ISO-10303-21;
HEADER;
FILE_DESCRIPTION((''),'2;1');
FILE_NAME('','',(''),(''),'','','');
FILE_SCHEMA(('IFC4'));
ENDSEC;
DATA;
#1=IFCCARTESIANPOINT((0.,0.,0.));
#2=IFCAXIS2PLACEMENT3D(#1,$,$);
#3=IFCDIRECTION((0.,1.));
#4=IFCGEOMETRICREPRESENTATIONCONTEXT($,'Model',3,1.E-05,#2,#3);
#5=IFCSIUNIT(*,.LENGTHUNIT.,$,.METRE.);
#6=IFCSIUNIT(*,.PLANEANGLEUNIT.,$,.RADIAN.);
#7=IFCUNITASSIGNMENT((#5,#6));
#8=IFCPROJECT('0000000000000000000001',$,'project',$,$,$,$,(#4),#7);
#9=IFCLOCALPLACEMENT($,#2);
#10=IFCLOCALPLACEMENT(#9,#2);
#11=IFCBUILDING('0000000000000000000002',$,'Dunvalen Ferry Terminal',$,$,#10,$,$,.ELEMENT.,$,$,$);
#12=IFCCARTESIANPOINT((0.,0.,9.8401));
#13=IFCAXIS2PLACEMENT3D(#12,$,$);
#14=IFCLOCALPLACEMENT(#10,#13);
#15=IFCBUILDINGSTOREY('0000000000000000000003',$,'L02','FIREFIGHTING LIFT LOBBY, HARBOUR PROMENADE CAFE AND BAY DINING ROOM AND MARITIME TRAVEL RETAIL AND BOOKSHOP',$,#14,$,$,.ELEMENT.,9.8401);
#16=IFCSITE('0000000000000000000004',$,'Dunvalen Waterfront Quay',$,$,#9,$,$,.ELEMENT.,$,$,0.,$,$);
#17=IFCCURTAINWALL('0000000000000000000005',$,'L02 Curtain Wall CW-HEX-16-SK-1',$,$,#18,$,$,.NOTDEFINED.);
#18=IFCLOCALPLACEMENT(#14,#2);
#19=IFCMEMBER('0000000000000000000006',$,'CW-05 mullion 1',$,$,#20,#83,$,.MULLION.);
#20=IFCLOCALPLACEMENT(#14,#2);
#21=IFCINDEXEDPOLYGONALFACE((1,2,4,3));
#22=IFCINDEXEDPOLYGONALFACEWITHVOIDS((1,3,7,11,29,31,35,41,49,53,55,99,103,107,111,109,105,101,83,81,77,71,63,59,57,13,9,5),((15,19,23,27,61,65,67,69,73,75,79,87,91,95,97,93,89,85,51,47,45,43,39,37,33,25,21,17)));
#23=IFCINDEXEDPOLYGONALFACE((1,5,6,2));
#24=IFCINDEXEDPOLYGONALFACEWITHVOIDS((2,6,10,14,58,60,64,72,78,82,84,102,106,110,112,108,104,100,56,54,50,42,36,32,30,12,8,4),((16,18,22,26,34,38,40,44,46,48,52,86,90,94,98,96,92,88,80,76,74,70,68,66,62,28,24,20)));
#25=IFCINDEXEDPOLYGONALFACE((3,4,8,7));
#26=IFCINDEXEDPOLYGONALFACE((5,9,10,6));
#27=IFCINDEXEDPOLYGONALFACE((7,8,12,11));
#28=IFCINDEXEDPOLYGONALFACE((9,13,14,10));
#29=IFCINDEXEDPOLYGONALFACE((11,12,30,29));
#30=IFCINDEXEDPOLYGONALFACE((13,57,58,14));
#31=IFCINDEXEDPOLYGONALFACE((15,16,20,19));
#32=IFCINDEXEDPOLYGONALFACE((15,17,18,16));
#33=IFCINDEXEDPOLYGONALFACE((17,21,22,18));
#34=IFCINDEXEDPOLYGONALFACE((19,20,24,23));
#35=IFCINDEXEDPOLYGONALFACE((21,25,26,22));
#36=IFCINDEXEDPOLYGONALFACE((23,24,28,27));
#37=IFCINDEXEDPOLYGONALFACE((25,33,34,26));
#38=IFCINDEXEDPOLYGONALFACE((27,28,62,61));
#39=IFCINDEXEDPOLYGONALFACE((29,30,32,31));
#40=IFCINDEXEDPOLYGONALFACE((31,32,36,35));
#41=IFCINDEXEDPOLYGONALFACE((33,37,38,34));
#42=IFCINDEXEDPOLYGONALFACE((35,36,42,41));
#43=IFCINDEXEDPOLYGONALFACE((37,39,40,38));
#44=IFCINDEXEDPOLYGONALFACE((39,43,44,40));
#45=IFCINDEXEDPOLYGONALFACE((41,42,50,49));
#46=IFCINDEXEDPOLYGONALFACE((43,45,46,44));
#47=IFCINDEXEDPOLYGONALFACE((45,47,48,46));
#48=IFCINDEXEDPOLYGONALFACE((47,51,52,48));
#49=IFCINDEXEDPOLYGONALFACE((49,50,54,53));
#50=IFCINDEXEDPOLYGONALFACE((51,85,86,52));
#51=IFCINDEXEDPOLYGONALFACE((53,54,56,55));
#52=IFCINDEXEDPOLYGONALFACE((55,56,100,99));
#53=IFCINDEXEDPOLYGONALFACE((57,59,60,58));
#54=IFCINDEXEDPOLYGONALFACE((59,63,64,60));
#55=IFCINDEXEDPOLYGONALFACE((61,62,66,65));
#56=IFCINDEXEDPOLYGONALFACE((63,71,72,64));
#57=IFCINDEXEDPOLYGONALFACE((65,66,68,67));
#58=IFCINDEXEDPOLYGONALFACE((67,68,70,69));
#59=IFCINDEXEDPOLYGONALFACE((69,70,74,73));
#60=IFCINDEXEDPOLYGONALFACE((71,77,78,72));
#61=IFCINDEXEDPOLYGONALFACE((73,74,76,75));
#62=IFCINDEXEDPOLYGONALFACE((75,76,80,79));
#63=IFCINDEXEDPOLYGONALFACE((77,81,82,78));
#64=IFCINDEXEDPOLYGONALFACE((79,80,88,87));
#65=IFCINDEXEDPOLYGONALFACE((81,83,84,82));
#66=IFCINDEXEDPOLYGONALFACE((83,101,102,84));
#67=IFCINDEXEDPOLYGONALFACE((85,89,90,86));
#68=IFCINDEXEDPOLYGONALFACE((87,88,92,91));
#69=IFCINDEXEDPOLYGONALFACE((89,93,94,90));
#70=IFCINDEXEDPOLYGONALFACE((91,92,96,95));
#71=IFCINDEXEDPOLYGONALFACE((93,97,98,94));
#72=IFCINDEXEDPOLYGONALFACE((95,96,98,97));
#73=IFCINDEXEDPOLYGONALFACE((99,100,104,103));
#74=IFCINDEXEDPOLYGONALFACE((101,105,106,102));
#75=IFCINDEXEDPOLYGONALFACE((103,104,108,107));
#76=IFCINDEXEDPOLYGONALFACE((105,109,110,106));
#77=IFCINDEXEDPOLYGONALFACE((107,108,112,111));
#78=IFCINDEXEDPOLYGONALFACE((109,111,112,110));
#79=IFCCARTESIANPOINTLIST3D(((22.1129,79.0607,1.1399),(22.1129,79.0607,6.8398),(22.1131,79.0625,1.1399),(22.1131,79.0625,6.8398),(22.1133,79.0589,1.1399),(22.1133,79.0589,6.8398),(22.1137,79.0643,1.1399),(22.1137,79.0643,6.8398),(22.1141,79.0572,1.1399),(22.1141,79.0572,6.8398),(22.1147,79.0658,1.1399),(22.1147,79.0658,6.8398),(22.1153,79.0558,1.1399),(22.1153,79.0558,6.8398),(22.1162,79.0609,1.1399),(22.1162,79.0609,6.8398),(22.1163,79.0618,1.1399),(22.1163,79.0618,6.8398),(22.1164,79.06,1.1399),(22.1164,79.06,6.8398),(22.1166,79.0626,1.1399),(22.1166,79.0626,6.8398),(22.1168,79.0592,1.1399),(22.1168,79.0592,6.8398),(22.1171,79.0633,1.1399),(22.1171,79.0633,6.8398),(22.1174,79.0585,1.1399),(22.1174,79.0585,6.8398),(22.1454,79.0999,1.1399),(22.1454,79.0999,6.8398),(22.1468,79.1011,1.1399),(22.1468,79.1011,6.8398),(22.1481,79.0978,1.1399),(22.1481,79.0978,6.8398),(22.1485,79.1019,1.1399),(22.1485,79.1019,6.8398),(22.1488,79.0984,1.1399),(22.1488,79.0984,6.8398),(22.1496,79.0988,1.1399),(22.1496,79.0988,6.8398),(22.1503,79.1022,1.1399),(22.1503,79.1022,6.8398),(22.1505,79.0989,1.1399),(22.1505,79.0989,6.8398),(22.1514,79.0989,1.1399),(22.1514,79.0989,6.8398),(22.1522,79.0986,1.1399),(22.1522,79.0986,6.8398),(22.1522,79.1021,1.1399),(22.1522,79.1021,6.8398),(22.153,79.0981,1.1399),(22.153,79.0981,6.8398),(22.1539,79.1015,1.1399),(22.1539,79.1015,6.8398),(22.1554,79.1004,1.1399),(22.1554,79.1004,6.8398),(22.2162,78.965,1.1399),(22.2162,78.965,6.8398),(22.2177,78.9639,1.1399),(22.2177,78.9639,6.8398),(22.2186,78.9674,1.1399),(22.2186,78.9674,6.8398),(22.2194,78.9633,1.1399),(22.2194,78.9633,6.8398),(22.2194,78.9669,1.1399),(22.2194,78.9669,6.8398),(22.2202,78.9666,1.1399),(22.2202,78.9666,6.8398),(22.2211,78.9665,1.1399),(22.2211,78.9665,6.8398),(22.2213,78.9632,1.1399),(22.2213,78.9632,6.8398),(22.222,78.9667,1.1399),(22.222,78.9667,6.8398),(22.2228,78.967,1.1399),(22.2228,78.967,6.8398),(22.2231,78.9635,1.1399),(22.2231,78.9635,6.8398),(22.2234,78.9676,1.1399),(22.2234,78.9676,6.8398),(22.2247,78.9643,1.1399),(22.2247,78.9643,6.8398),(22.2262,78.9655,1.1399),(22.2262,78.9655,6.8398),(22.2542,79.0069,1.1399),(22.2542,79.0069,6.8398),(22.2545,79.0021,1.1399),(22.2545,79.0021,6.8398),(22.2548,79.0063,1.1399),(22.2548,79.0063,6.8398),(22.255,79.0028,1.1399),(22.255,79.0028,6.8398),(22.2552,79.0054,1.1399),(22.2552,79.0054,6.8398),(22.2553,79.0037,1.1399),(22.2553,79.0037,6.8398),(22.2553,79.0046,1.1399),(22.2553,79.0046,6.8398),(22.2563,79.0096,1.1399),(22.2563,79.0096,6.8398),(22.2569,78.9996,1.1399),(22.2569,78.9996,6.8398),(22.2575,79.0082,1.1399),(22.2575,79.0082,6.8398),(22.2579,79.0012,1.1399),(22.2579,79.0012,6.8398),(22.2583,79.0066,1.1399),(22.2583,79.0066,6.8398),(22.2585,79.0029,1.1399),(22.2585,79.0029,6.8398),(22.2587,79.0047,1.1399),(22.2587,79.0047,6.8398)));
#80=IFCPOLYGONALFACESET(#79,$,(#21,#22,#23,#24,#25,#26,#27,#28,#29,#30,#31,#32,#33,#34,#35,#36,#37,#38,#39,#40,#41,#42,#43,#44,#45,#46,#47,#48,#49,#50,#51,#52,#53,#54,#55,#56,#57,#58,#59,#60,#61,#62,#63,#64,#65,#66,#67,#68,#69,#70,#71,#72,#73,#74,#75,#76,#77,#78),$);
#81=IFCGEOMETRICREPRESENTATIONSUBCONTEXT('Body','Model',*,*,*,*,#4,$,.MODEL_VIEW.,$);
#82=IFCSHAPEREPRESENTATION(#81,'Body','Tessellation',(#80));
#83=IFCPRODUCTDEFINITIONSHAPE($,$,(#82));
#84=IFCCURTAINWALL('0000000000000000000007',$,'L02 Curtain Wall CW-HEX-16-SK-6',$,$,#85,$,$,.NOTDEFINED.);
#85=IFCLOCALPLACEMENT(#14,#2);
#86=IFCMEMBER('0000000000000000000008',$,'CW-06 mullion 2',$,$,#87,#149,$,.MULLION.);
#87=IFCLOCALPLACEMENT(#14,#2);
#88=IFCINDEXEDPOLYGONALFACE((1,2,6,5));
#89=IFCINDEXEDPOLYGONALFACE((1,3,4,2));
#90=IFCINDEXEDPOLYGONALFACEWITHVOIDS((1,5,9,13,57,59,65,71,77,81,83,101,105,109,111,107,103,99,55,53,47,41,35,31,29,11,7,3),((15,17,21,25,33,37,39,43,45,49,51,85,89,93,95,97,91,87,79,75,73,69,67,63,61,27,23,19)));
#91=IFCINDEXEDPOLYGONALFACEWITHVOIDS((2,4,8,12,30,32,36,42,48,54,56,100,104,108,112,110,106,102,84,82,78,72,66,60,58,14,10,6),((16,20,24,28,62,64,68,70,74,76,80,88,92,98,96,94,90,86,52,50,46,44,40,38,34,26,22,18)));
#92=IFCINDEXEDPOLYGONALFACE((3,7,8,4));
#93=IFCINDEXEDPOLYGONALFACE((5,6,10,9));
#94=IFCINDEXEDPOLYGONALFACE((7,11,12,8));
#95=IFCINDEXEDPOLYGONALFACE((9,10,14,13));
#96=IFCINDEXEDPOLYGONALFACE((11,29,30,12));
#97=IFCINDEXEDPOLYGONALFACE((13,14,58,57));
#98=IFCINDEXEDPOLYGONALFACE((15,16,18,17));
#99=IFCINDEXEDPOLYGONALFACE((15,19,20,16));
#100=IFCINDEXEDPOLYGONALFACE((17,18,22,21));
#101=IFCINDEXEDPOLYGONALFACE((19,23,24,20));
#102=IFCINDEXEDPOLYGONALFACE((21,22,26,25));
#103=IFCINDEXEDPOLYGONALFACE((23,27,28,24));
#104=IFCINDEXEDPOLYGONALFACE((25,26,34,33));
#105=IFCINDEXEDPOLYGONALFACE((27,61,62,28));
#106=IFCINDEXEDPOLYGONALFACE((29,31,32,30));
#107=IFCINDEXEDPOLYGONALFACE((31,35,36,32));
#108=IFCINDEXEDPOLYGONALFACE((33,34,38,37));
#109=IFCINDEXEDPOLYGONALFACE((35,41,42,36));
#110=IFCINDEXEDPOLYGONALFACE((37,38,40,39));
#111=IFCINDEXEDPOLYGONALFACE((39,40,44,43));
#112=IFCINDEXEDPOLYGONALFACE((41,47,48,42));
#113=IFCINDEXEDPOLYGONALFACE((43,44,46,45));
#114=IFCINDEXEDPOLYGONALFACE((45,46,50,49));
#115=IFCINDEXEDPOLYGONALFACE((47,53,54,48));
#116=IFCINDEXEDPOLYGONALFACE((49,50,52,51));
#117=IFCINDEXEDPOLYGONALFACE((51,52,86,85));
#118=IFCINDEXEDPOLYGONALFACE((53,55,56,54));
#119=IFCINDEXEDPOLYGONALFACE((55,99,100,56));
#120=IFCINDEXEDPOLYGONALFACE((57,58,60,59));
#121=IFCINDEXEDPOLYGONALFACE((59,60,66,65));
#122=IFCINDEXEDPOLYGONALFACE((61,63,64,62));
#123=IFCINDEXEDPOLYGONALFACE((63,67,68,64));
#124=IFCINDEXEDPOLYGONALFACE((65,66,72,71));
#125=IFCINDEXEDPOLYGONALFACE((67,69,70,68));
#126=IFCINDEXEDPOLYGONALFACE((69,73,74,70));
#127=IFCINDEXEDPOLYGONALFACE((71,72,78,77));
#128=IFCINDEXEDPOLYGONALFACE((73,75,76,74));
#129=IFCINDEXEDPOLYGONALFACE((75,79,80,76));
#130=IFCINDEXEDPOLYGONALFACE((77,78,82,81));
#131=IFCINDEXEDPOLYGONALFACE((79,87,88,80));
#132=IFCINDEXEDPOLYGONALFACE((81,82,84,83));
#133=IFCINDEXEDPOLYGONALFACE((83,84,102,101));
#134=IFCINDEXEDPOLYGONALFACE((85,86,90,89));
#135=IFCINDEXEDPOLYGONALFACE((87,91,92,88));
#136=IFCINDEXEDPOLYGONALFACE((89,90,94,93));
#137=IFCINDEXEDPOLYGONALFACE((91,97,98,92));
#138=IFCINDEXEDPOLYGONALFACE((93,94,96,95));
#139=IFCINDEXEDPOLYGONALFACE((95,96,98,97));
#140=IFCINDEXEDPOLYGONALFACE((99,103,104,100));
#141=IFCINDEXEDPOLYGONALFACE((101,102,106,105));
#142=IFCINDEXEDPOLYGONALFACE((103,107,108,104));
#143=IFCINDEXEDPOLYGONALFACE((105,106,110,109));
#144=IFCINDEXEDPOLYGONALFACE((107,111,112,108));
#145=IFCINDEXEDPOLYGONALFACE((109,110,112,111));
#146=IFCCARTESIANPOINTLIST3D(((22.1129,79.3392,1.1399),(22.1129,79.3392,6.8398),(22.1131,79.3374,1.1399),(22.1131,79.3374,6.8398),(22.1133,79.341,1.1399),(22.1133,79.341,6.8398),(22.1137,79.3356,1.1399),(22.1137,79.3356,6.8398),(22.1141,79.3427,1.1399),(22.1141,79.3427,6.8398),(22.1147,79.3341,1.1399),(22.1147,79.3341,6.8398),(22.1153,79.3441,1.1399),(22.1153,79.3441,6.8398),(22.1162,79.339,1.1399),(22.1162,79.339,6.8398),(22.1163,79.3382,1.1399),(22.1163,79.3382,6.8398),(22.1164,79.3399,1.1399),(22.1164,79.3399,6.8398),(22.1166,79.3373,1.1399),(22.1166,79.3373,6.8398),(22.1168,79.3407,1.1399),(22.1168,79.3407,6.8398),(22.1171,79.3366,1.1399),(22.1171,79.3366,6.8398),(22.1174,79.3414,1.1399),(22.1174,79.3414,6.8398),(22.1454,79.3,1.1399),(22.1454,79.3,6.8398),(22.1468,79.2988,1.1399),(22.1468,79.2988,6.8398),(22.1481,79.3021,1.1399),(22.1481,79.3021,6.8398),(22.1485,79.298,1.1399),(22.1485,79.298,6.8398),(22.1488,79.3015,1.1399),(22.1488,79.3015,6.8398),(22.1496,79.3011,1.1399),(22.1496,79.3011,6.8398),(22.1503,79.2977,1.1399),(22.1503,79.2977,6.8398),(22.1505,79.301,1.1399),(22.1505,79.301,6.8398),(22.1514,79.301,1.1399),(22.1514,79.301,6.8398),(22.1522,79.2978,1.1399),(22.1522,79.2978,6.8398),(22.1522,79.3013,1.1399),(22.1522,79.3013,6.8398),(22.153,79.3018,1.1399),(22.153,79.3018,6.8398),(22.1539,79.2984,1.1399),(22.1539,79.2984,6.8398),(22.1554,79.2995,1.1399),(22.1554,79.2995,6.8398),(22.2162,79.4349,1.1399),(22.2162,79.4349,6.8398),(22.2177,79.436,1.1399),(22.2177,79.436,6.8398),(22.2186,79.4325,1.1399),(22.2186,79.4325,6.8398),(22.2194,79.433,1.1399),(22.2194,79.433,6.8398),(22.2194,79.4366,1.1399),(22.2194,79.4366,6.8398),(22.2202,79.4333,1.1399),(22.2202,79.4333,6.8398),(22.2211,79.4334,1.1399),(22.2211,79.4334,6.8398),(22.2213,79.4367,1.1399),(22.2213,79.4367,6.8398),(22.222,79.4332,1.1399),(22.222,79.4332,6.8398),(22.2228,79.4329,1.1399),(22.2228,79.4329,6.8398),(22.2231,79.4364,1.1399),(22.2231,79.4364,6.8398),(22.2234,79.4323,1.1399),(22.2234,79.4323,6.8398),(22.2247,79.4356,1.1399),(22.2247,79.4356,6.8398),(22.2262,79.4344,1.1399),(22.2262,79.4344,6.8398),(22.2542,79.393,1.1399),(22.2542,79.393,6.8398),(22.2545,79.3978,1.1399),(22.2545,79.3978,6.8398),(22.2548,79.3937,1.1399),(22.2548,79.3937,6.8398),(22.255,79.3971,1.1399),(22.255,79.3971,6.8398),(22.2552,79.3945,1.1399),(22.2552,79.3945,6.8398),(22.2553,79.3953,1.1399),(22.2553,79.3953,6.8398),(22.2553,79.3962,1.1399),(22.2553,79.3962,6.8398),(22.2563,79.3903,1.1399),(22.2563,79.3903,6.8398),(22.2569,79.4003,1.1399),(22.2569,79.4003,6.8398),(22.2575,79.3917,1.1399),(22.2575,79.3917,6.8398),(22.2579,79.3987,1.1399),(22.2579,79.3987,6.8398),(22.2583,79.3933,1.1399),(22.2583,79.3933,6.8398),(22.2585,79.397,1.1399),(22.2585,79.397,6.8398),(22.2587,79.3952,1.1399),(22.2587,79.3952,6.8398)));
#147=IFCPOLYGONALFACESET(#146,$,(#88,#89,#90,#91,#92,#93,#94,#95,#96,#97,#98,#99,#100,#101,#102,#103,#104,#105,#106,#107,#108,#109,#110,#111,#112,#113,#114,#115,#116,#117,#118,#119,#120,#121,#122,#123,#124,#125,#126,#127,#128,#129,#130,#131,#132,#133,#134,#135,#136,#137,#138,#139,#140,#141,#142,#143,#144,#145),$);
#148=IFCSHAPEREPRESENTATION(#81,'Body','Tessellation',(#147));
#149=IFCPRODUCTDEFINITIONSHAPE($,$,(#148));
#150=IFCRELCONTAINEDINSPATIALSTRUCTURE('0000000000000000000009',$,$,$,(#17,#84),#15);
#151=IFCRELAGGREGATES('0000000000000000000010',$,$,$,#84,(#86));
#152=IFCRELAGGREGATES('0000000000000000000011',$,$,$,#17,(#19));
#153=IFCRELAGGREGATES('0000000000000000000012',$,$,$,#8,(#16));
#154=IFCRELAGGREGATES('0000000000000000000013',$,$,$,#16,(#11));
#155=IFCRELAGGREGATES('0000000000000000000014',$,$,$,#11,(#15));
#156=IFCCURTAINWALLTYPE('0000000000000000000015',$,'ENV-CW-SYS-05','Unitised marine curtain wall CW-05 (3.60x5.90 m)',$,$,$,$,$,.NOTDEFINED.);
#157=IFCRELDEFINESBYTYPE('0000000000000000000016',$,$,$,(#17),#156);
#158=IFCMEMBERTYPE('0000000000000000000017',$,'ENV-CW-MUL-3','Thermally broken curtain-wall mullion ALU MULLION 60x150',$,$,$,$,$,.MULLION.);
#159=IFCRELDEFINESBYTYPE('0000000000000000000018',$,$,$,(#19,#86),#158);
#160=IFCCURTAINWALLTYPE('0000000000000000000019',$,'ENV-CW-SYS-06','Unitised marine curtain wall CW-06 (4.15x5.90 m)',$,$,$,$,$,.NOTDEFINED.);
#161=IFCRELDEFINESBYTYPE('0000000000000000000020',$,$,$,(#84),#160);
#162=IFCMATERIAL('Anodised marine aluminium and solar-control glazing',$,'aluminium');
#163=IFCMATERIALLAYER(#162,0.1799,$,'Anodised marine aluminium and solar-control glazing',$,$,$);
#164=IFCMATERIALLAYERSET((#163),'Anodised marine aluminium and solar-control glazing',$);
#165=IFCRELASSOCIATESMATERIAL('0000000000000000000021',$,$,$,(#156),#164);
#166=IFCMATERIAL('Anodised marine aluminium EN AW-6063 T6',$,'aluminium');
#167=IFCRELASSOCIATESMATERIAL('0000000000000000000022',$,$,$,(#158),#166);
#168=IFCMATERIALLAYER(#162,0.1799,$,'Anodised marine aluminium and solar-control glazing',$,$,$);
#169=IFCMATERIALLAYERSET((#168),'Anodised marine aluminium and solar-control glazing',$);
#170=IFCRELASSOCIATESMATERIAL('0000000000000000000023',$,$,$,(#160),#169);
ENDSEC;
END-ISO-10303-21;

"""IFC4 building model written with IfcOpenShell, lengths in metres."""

from ifc_helpers import new_model, si_unit, direction, frame, origin, origin_2d, place, context, subcontext, project, spatial, hollow_rectangle, extrude, material, layer, layer_set, material_profile, profile_set, type_object, element, aggregate, save


model = new_model("IFC4")

# Units and contexts
model_context = context("Model", 3, precision=1e-05, world=origin(), true_north=direction((0.0, 1.0)))
body_context = subcontext(model_context, "Body", "Model", "MODEL_VIEW")
ifc_project = project(units=[si_unit("LENGTHUNIT", "METRE"), si_unit("PLANEANGLEUNIT", "RADIAN")], contexts=[model_context])

# Site, building, storey
site_placement = place(None, origin())
site = spatial("IfcSite", under=ifc_project, at=site_placement, Name="Dunvalen Waterfront Quay", CompositionType="ELEMENT", RefElevation=0.0)
building_placement = place(site_placement, origin())
building = spatial("IfcBuilding", under=site, at=building_placement, Name="Dunvalen Ferry Terminal", CompositionType="ELEMENT")
storey_placement = place(building_placement, frame((0.0, 0.0, 9.8401)))
storey = spatial("IfcBuildingStorey", under=building, at=storey_placement, Name="L02", Description="FIREFIGHTING LIFT LOBBY, HARBOUR PROMENADE CAFE AND BAY DINING ROOM AND MARITIME TRAVEL RETAIL AND BOOKSHOP", CompositionType="ELEMENT", Elevation=9.8401)

# Curtain walls, members
ifc_material_1 = material(Name="Anodised marine aluminium and solar-control glazing", Category="aluminium")
ifc_layer_1 = layer(ifc_material_1, 0.1799, Name="Anodised marine aluminium and solar-control glazing")
ifc_layer_set_1 = layer_set([ifc_layer_1], Name="Anodised marine aluminium and solar-control glazing")
curtain_wall_type_1 = type_object("IfcCurtainWallType", Name="ENV-CW-SYS-05", Description="Unitised marine curtain wall CW-05 (3.60x5.90 m)", PredefinedType="NOTDEFINED", material=ifc_layer_set_1)
curtain_wall_1_placement = place(storey_placement, origin())
curtain_wall_1 = element("IfcCurtainWall", 1, at=curtain_wall_1_placement, inside=storey, type_object=curtain_wall_type_1, Name="L02 Curtain Wall CW-HEX-16-SK-1", PredefinedType="NOTDEFINED")
ifc_material_2 = material(Name="Anodised marine aluminium EN AW-6063 T6", Category="aluminium")
ifc_material_profile_1 = material_profile(ifc_material_2, hollow_rectangle(XDim=0.0601, YDim=0.1499, WallThickness=0.0034, InnerFilletRadius=0.0034, OuterFilletRadius=0.0071, at=origin_2d()), Name="Anodised marine aluminium EN AW-6063 T6")
ifc_profile_set_1 = profile_set([ifc_material_profile_1], Name="Anodised marine aluminium EN AW-6063 T6")
member_type_1 = type_object("IfcMemberType", Name="ENV-CW-MUL-3", Description="Thermally broken curtain-wall mullion ALU MULLION 60x150", PredefinedType="MULLION", material=ifc_profile_set_1)
member_1_placement = place(storey_placement, frame((22.1858, 79.0327, 1.1399), z_axis=(0.0, 0.0, 1.0), x_axis=(0.668954, 0.743304, 0.0)))
member_1 = element("IfcMember", 2, at=member_1_placement, type_object=member_type_1, Name="CW-05 mullion 1", PredefinedType="MULLION", context=body_context, shape_type="SweptSolid", body=[
    extrude(hollow_rectangle(XDim=0.0601, YDim=0.1499, WallThickness=0.0034, InnerFilletRadius=0.0034, OuterFilletRadius=0.0071, at=origin_2d()), origin(), (0.0, 0.0, 1.0), 5.7),
])
ifc_layer_2 = layer(ifc_material_1, 0.1799, Name="Anodised marine aluminium and solar-control glazing")
ifc_layer_set_2 = layer_set([ifc_layer_2], Name="Anodised marine aluminium and solar-control glazing")
curtain_wall_type_2 = type_object("IfcCurtainWallType", Name="ENV-CW-SYS-06", Description="Unitised marine curtain wall CW-06 (4.15x5.90 m)", PredefinedType="NOTDEFINED", material=ifc_layer_set_2)
curtain_wall_2_placement = place(storey_placement, origin())
curtain_wall_2 = element("IfcCurtainWall", 3, at=curtain_wall_2_placement, inside=storey, type_object=curtain_wall_type_2, Name="L02 Curtain Wall CW-HEX-16-SK-6", PredefinedType="NOTDEFINED")
member_2_placement = place(storey_placement, frame((22.1858, 79.3672, 1.1399), z_axis=(0.0, 0.0, 1.0), x_axis=(0.668954, -0.743304, 0.0)))
member_2 = element("IfcMember", 4, at=member_2_placement, type_object=member_type_1, Name="CW-06 mullion 2", PredefinedType="MULLION", context=body_context, shape_type="SweptSolid", body=[
    extrude(hollow_rectangle(XDim=0.0601, YDim=0.1499, WallThickness=0.0034, InnerFilletRadius=0.0034, OuterFilletRadius=0.0071, at=origin_2d()), origin(), (0.0, 0.0, 1.0), 5.7),
])
aggregate(curtain_wall_2, [member_2])

aggregate(curtain_wall_1, [member_1])

save(model, "model.ifc")
